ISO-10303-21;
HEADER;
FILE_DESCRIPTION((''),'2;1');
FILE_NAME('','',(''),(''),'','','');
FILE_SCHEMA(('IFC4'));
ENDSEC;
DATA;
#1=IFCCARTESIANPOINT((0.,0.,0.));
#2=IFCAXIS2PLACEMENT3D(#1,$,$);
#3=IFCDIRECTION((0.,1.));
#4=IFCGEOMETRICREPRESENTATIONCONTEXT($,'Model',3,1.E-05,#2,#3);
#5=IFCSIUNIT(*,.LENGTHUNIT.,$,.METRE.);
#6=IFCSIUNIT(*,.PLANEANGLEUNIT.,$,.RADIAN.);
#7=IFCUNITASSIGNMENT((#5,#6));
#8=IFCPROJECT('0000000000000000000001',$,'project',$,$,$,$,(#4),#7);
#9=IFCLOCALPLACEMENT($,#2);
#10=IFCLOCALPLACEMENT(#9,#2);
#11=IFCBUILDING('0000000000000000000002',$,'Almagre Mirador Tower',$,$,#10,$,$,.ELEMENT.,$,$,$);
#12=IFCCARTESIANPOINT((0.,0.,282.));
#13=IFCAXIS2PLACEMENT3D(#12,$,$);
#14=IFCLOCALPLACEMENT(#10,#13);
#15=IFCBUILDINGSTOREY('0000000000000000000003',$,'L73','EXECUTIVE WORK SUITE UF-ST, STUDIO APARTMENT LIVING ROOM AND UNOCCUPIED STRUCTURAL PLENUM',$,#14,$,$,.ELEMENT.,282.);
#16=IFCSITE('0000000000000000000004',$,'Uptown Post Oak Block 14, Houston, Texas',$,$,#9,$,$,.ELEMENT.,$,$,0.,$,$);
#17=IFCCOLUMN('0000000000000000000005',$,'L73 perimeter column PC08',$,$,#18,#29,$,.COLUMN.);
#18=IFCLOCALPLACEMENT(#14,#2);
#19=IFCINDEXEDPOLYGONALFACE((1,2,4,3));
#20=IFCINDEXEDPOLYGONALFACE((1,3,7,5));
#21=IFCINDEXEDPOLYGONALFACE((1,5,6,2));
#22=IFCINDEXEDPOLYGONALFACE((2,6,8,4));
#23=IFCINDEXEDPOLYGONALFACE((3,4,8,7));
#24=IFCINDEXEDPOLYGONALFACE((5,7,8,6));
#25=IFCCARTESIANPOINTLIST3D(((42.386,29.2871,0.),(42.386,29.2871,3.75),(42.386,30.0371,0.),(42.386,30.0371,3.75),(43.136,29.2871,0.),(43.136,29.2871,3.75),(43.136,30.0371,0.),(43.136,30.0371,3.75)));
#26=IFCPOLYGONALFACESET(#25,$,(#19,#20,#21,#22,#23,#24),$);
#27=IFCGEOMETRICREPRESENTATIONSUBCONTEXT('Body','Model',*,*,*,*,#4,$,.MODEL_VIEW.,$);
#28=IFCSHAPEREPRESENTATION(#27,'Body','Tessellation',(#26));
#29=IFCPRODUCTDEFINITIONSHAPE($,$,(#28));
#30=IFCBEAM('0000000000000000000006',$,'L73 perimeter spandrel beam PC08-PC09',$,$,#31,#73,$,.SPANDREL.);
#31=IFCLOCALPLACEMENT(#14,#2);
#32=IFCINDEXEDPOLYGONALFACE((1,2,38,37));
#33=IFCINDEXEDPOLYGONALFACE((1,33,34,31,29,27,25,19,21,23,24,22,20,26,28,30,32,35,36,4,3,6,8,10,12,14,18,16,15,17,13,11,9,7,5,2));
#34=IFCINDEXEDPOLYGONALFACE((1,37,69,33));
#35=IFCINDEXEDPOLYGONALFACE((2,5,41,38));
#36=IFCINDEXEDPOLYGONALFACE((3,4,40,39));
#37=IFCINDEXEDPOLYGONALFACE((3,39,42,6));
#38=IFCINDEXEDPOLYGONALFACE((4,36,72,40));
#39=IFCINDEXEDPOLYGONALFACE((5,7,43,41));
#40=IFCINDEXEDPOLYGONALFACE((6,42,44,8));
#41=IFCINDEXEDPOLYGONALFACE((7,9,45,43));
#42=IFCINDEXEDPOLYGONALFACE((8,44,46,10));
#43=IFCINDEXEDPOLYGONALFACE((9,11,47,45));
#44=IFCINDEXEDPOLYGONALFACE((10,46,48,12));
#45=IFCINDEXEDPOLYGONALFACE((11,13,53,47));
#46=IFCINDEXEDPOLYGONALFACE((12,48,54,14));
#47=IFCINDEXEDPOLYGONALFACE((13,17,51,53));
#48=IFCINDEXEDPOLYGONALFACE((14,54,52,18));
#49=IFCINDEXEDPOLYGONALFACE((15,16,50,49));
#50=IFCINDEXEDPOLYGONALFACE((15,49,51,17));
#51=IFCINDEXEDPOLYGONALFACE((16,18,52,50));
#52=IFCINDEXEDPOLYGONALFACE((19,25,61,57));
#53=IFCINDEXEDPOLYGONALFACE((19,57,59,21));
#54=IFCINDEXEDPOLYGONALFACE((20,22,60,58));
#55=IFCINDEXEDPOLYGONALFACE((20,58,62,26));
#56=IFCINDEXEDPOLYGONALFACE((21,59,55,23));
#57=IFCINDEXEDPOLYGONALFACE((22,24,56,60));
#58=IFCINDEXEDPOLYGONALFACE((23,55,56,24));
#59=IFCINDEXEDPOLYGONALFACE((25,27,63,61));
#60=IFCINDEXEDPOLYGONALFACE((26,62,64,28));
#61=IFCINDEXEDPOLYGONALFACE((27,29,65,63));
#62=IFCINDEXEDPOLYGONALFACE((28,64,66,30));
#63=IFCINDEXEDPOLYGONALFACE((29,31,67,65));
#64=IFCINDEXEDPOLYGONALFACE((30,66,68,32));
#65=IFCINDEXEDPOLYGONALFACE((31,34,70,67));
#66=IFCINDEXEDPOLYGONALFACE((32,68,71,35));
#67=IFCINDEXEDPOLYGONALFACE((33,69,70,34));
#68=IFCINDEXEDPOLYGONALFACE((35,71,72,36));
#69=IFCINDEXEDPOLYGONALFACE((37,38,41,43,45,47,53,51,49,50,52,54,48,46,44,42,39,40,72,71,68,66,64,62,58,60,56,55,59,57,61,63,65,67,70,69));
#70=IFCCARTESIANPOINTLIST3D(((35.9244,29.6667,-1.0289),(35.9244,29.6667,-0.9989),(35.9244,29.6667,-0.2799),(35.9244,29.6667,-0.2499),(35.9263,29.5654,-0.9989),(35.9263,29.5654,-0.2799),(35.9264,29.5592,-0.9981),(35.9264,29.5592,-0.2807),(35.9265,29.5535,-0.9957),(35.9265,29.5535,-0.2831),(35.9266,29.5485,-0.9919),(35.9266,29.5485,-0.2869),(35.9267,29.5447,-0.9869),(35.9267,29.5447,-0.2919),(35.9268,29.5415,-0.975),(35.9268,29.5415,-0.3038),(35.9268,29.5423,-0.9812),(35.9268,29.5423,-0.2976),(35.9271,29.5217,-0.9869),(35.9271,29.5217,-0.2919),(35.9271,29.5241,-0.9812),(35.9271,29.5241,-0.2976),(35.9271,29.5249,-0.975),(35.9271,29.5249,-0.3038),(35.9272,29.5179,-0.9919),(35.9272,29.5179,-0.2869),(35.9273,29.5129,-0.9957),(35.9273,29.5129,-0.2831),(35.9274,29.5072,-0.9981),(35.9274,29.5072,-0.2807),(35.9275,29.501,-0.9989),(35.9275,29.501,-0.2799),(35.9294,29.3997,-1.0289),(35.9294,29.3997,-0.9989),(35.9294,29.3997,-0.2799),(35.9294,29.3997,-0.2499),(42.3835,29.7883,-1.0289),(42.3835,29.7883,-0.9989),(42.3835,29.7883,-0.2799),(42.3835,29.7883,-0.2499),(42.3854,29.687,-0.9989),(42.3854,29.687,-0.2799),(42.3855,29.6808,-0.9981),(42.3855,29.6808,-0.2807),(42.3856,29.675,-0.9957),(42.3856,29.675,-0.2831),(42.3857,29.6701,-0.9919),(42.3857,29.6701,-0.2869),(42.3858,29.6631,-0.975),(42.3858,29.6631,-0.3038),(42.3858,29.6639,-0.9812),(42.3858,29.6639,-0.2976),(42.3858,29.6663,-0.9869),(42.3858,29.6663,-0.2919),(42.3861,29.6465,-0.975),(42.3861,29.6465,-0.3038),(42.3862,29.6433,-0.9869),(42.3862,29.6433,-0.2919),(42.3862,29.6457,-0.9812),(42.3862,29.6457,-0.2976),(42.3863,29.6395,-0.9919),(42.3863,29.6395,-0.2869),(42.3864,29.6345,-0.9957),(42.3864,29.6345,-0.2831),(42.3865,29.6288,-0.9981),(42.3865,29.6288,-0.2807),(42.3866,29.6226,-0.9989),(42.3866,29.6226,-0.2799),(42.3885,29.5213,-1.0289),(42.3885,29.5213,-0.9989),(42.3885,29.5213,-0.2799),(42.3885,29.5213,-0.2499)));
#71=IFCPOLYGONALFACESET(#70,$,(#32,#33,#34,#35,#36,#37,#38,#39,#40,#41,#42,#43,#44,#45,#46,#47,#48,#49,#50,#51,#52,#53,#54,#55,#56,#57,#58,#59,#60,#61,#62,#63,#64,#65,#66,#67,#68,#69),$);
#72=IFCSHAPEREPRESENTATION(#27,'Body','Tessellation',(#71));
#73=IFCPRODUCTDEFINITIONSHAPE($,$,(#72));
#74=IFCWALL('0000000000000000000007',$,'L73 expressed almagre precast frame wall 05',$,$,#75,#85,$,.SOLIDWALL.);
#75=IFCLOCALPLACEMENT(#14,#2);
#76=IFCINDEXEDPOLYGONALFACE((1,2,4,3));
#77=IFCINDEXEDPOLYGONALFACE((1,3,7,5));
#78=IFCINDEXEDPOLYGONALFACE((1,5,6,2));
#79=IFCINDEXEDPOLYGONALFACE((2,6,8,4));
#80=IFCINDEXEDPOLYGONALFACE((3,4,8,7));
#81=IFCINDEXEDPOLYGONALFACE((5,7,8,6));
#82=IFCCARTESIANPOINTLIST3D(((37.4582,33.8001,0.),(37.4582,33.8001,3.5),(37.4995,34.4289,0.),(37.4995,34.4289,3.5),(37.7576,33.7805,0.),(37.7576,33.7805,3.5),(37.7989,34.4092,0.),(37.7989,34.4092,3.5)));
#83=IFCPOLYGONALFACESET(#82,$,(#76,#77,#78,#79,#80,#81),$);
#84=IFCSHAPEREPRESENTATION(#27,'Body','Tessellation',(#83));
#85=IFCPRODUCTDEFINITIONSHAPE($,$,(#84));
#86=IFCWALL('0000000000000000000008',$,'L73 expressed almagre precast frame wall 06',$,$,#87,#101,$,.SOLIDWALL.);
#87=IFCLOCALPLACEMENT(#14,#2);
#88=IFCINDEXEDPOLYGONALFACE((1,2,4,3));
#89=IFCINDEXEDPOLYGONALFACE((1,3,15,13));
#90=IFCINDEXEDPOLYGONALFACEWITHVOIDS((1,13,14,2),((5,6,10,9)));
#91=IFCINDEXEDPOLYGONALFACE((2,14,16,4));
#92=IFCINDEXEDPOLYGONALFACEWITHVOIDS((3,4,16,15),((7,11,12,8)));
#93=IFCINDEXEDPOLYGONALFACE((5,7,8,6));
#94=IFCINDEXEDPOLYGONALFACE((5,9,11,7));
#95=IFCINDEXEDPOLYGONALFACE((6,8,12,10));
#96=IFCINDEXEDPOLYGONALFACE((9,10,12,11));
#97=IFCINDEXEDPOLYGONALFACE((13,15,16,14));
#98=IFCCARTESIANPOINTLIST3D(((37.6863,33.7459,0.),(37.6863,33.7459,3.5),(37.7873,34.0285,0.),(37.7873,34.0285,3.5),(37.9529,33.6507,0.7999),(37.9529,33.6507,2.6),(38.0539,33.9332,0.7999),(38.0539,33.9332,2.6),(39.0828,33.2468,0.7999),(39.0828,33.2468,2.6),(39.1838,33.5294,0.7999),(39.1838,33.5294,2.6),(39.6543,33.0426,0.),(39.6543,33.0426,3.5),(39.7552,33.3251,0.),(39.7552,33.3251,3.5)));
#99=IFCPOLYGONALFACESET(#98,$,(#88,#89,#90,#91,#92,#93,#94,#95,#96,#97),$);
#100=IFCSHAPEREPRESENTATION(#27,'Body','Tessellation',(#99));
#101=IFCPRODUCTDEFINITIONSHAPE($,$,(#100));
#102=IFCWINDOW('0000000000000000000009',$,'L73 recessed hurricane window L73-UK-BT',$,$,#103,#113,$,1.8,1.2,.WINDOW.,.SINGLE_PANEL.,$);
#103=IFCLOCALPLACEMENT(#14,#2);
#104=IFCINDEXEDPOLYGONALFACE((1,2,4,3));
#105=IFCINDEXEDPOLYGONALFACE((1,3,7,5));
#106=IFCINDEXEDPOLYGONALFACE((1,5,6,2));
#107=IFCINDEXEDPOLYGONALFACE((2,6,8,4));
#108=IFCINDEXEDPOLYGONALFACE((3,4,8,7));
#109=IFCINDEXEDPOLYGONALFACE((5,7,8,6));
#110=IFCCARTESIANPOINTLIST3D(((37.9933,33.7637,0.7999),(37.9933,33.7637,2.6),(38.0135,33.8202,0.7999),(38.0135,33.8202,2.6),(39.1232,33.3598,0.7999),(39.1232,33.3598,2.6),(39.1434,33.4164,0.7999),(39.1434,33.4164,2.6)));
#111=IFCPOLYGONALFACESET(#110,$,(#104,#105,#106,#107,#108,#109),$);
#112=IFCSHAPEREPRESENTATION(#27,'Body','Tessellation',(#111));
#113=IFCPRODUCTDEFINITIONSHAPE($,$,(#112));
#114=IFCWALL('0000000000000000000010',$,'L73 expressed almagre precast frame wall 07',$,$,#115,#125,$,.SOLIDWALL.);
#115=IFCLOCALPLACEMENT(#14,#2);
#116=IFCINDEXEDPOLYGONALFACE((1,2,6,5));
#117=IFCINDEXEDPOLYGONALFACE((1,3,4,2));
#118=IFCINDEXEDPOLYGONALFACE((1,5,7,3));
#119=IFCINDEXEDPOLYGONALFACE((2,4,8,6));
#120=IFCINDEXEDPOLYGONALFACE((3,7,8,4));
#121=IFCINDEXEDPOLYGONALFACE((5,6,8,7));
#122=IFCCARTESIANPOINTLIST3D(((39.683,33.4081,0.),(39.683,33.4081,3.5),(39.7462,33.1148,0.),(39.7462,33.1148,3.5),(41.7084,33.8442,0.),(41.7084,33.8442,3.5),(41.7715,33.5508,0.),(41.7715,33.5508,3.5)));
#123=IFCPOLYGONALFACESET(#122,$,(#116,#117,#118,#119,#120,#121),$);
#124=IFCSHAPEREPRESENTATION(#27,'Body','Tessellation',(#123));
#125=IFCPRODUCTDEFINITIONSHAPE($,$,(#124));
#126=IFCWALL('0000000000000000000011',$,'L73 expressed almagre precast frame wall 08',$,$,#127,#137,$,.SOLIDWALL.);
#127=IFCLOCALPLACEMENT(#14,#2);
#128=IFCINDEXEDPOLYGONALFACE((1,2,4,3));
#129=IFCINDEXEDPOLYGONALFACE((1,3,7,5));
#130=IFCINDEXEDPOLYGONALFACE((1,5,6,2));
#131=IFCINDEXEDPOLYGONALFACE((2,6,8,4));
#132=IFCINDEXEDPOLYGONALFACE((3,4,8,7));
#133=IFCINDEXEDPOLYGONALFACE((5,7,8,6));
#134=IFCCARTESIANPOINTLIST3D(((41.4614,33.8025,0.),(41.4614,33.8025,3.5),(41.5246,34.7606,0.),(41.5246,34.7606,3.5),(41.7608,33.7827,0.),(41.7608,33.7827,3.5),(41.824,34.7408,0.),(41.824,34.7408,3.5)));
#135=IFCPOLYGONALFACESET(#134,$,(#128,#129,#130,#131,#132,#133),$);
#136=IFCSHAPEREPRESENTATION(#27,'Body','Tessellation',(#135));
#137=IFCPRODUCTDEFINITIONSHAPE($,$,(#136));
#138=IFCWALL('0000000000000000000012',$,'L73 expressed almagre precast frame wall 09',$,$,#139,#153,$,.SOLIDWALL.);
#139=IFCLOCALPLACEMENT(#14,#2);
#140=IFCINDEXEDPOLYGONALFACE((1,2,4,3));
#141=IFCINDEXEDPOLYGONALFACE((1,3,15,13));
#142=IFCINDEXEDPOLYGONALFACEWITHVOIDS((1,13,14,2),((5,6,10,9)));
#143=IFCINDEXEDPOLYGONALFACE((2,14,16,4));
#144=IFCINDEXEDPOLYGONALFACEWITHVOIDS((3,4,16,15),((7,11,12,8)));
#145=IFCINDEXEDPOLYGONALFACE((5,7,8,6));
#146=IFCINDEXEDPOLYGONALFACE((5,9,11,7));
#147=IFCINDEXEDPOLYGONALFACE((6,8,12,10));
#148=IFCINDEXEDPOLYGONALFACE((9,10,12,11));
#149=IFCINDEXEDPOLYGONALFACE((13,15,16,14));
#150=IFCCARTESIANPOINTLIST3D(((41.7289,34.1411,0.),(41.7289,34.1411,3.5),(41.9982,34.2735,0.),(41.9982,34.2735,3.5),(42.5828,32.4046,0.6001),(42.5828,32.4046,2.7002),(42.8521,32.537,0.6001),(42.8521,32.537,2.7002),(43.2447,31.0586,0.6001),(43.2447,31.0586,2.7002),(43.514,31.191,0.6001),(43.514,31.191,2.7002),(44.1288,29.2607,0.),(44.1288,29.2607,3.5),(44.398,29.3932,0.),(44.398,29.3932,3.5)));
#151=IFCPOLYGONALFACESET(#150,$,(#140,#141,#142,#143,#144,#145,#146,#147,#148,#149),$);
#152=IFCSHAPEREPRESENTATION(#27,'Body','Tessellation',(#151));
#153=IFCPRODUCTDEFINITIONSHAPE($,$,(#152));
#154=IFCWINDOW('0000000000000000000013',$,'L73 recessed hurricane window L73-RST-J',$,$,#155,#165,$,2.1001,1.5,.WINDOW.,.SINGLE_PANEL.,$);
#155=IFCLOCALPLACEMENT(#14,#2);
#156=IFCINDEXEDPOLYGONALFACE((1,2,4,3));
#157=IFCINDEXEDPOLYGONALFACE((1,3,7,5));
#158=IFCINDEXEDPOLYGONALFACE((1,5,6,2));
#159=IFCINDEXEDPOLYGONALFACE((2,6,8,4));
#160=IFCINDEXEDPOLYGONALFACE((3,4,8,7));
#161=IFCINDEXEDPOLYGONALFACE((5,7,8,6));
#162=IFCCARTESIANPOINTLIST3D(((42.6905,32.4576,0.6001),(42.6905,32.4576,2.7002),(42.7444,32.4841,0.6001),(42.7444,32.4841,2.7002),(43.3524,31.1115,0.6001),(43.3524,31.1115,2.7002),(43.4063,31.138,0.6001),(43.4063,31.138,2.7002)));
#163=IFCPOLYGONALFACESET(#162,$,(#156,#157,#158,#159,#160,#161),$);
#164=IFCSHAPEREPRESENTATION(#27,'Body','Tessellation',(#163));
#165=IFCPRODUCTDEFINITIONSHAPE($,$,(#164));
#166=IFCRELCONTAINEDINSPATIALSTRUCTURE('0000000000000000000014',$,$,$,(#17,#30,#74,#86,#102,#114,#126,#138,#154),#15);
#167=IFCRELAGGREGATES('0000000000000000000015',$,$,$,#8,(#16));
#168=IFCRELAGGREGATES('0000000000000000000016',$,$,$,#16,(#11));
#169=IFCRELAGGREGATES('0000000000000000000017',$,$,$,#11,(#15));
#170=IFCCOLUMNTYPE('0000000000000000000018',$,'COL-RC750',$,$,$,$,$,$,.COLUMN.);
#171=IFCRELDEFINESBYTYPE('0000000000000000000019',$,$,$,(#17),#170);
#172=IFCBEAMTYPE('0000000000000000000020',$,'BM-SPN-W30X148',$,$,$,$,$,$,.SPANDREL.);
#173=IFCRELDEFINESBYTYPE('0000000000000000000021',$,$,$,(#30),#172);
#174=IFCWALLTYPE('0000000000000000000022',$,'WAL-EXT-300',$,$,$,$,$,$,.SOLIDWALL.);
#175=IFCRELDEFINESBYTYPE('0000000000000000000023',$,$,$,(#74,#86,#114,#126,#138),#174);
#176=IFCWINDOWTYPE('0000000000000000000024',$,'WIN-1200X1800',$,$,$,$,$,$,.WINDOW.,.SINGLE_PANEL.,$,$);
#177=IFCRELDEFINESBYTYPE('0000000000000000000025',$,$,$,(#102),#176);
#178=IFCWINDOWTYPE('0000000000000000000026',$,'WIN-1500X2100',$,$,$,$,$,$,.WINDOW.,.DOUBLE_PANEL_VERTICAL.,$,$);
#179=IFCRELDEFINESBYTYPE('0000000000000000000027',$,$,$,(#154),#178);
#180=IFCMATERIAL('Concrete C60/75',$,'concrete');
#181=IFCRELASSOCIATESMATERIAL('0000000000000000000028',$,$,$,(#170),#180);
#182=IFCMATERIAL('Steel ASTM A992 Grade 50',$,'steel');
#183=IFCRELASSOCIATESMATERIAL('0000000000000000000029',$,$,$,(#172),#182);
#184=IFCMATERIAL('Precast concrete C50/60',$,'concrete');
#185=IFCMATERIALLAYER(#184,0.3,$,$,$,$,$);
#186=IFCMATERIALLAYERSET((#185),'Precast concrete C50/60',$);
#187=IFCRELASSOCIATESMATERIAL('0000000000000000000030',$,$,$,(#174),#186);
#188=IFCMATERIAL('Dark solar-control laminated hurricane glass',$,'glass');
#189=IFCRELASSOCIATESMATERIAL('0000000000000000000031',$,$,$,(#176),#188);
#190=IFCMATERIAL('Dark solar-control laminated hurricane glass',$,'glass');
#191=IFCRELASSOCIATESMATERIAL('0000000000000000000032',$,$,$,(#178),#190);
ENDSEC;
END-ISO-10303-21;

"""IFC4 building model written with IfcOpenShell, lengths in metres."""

from ifc_helpers import new_model, si_unit, direction, frame, frame_2d, origin, origin_2d, place, context, subcontext, project, spatial, rectangle, i_section, extrude, material, layer, layer_set, material_profile, profile_set, type_object, element, fill, save


model = new_model("IFC4")

# Units and contexts
model_context = context("Model", 3, precision=1e-05, world=origin(), true_north=direction((0.0, 1.0)))
body_context = subcontext(model_context, "Body", "Model", "MODEL_VIEW")
ifc_project = project(units=[si_unit("LENGTHUNIT", "METRE"), si_unit("PLANEANGLEUNIT", "RADIAN")], contexts=[model_context])

# Site, building, storey
site_placement = place(None, origin())
site = spatial("IfcSite", under=ifc_project, at=site_placement, Name="Uptown Post Oak Block 14, Houston, Texas", CompositionType="ELEMENT", RefElevation=0.0)
building_placement = place(site_placement, origin())
building = spatial("IfcBuilding", under=site, at=building_placement, Name="Almagre Mirador Tower", CompositionType="ELEMENT")
storey_placement = place(building_placement, frame((0.0, 0.0, 282.0)))
storey = spatial("IfcBuildingStorey", under=building, at=storey_placement, Name="L73", Description="EXECUTIVE WORK SUITE UF-ST, STUDIO APARTMENT LIVING ROOM AND UNOCCUPIED STRUCTURAL PLENUM", CompositionType="ELEMENT", Elevation=282.0)

# Column
ifc_material_1 = material(Name="Concrete C60/75", Category="concrete")
ifc_material_profile_1 = material_profile(ifc_material_1, rectangle(XDim=0.75, YDim=0.75, at=origin_2d()), Name="RC750X750")
ifc_profile_set_1 = profile_set([ifc_material_profile_1], Name="Concrete C60/75")
column_type = type_object("IfcColumnType", Name="COL-RC750", PredefinedType="COLUMN", material=ifc_profile_set_1)
column_placement = place(storey_placement, frame((42.761, 29.6621, 0.0), z_axis=(0.0, 0.0, 1.0), x_axis=(1.0, 0.0, 0.0)))
element("IfcColumn", 1, at=column_placement, inside=storey, type_object=column_type, Name="L73 perimeter column PC08", PredefinedType="COLUMN", context=body_context, shape_type="SweptSolid", body=[
    extrude(rectangle(XDim=0.75, YDim=0.75, at=origin_2d()), origin(), (0.0, 0.0, 1.0), 3.75),
])

# Beam
ifc_material_2 = material(Name="Steel ASTM A992 Grade 50", Category="steel")
ifc_material_profile_2 = material_profile(ifc_material_2, i_section(OverallWidth=0.2671, OverallDepth=0.7791, WebThickness=0.0166, FlangeThickness=0.03, FilletRadius=0.0239, at=origin_2d()), Name="W30X148")
ifc_profile_set_2 = profile_set([ifc_material_profile_2], Name="Steel ASTM A992 Grade 50")
beam_type = type_object("IfcBeamType", Name="BM-SPN-W30X148", PredefinedType="SPANDREL", material=ifc_profile_set_2)
beam_placement = place(storey_placement, frame((42.386, 29.6548, -0.6394), z_axis=(-0.999823, -0.01882, 0.0), x_axis=(0.01882, -0.999823, 0.0)))
element("IfcBeam", 2, at=beam_placement, inside=storey, type_object=beam_type, Name="L73 perimeter spandrel beam PC08-PC09", PredefinedType="SPANDREL", context=body_context, shape_type="SweptSolid", body=[
    extrude(i_section(OverallWidth=0.2671, OverallDepth=0.7791, WebThickness=0.0166, FlangeThickness=0.03, FilletRadius=0.0239, at=origin_2d()), origin(), (0.0, 0.0, 1.0), 6.4602),
])

# Wall
ifc_material_3 = material(Name="Precast concrete C50/60", Category="concrete")
ifc_layer_1 = layer(ifc_material_3, 0.3)
ifc_layer_set_1 = layer_set([ifc_layer_1], Name="Precast concrete C50/60")
wall_type_1 = type_object("IfcWallType", Name="WAL-EXT-300", PredefinedType="SOLIDWALL", material=ifc_layer_set_1)
wall_1_placement = place(storey_placement, frame((37.6492, 34.4189, 0.0), z_axis=(0.0, 0.0, 1.0), x_axis=(-0.06549, -0.997853, 0.0)))
element("IfcWall", 3, at=wall_1_placement, inside=storey, type_object=wall_type_1, Name="L73 expressed almagre precast frame wall 05", PredefinedType="SOLIDWALL", context=body_context, shape_type="SweptSolid", body=[
    extrude(rectangle(XDim=0.6301, YDim=0.3, at=frame_2d((0.3149, 0.0))), origin(), (0.0, 0.0, 1.0), 3.5),
])

# Wall, opening, window
wall_2_placement = place(storey_placement, frame((37.7368, 33.8872, 0.0), z_axis=(0.0, 0.0, 1.0), x_axis=(0.941665, -0.336551, 0.0)))
wall_2 = element("IfcWall", 4, at=wall_2_placement, inside=storey, type_object=wall_type_1, Name="L73 expressed almagre precast frame wall 06", PredefinedType="SOLIDWALL", context=body_context, shape_type="SweptSolid", body=[
    extrude(rectangle(XDim=2.0898, YDim=0.3, at=frame_2d((1.0449, 0.0))), origin(), (0.0, 0.0, 1.0), 3.5),
])
opening_1_placement = place(wall_2_placement, frame((0.283, 0.0, 0.8)))
opening_1 = element("IfcOpeningElement", 5, at=opening_1_placement, cuts=wall_2, PredefinedType="OPENING", context=body_context, shape_type="SweptSolid", body=[
    extrude(rectangle(XDim=1.2, YDim=1.8, at=frame_2d((0.6001, 0.8999))), frame((0.0, 0.1599, 0.0), z_axis=(0.0, -1.0, 0.0), x_axis=(1.0, 0.0, 0.0)), (0.0, 0.0, 1.0), 0.32),
])
ifc_material_4 = material(Name="Dark solar-control laminated hurricane glass", Category="glass")
window_type_1 = type_object("IfcWindowType", Name="WIN-1200X1800", PartitioningType="SINGLE_PANEL", PredefinedType="WINDOW", material=ifc_material_4)
window_1_placement = place(opening_1_placement, origin())
window_1 = element("IfcWindow", 6, at=window_1_placement, inside=storey, type_object=window_type_1, Name="L73 recessed hurricane window L73-UK-BT", OverallHeight=1.8, OverallWidth=1.2, PartitioningType="SINGLE_PANEL", PredefinedType="WINDOW", context=body_context, shape_type="SweptSolid", body=[
    extrude(rectangle(XDim=1.2, YDim=1.8, at=frame_2d((0.6001, 0.8999))), frame((0.0, 0.03, 0.0), z_axis=(0.0, -1.0, 0.0), x_axis=(1.0, 0.0, 0.0)), (0.0, 0.0, 1.0), 0.0601),
])
fill(opening_1, window_1)

# Walls
wall_3_placement = place(storey_placement, frame((39.7146, 33.2615, 0.0), z_axis=(0.0, 0.0, 1.0), x_axis=(0.977602, 0.210463, 0.0)))
element("IfcWall", 7, at=wall_3_placement, inside=storey, type_object=wall_type_1, Name="L73 expressed almagre precast frame wall 07", PredefinedType="SOLIDWALL", context=body_context, shape_type="SweptSolid", body=[
    extrude(rectangle(XDim=2.0718, YDim=0.3, at=frame_2d((1.0359, 0.0))), origin(), (0.0, 0.0, 1.0), 3.5),
])
wall_4_placement = place(storey_placement, frame((41.6111, 33.7927, 0.0), z_axis=(0.0, 0.0, 1.0), x_axis=(0.065861, 0.997829, 0.0)))
element("IfcWall", 8, at=wall_4_placement, inside=storey, type_object=wall_type_1, Name="L73 expressed almagre precast frame wall 08", PredefinedType="SOLIDWALL", context=body_context, shape_type="SweptSolid", body=[
    extrude(rectangle(XDim=0.9602, YDim=0.3, at=frame_2d((0.48, 0.0))), origin(), (0.0, 0.0, 1.0), 3.5),
])

# Wall, opening, window
wall_5_placement = place(storey_placement, frame((41.8635, 34.2073, 0.0), z_axis=(0.0, 0.0, 1.0), x_axis=(0.441278, -0.89737, 0.0)))
wall_5 = element("IfcWall", 9, at=wall_5_placement, inside=storey, type_object=wall_type_1, Name="L73 expressed almagre precast frame wall 09", PredefinedType="SOLIDWALL", context=body_context, shape_type="SweptSolid", body=[
    extrude(rectangle(XDim=5.4385, YDim=0.3, at=frame_2d((2.7192, 0.0))), origin(), (0.0, 0.0, 1.0), 3.5),
])
opening_2_placement = place(wall_5_placement, frame((1.9351, 0.0, 0.6001)))
opening_2 = element("IfcOpeningElement", 10, at=opening_2_placement, cuts=wall_5, PredefinedType="OPENING", context=body_context, shape_type="SweptSolid", body=[
    extrude(rectangle(XDim=1.5, YDim=2.1001, at=frame_2d((0.75, 1.05))), frame((0.0, 0.1599, 0.0), z_axis=(0.0, -1.0, 0.0), x_axis=(1.0, 0.0, 0.0)), (0.0, 0.0, 1.0), 0.32),
])
ifc_material_5 = material(Name="Dark solar-control laminated hurricane glass", Category="glass")
window_type_2 = type_object("IfcWindowType", Name="WIN-1500X2100", PartitioningType="DOUBLE_PANEL_VERTICAL", PredefinedType="WINDOW", material=ifc_material_5)
window_2_placement = place(opening_2_placement, origin())
window_2 = element("IfcWindow", 11, at=window_2_placement, inside=storey, type_object=window_type_2, Name="L73 recessed hurricane window L73-RST-J", OverallHeight=2.1001, OverallWidth=1.5, PartitioningType="SINGLE_PANEL", PredefinedType="WINDOW", context=body_context, shape_type="SweptSolid", body=[
    extrude(rectangle(XDim=1.5, YDim=2.1001, at=frame_2d((0.75, 1.05))), frame((0.0, 0.03, 0.0), z_axis=(0.0, -1.0, 0.0), x_axis=(1.0, 0.0, 0.0)), (0.0, 0.0, 1.0), 0.0601),
])
fill(opening_2, window_2)

save(model, "model.ifc")
